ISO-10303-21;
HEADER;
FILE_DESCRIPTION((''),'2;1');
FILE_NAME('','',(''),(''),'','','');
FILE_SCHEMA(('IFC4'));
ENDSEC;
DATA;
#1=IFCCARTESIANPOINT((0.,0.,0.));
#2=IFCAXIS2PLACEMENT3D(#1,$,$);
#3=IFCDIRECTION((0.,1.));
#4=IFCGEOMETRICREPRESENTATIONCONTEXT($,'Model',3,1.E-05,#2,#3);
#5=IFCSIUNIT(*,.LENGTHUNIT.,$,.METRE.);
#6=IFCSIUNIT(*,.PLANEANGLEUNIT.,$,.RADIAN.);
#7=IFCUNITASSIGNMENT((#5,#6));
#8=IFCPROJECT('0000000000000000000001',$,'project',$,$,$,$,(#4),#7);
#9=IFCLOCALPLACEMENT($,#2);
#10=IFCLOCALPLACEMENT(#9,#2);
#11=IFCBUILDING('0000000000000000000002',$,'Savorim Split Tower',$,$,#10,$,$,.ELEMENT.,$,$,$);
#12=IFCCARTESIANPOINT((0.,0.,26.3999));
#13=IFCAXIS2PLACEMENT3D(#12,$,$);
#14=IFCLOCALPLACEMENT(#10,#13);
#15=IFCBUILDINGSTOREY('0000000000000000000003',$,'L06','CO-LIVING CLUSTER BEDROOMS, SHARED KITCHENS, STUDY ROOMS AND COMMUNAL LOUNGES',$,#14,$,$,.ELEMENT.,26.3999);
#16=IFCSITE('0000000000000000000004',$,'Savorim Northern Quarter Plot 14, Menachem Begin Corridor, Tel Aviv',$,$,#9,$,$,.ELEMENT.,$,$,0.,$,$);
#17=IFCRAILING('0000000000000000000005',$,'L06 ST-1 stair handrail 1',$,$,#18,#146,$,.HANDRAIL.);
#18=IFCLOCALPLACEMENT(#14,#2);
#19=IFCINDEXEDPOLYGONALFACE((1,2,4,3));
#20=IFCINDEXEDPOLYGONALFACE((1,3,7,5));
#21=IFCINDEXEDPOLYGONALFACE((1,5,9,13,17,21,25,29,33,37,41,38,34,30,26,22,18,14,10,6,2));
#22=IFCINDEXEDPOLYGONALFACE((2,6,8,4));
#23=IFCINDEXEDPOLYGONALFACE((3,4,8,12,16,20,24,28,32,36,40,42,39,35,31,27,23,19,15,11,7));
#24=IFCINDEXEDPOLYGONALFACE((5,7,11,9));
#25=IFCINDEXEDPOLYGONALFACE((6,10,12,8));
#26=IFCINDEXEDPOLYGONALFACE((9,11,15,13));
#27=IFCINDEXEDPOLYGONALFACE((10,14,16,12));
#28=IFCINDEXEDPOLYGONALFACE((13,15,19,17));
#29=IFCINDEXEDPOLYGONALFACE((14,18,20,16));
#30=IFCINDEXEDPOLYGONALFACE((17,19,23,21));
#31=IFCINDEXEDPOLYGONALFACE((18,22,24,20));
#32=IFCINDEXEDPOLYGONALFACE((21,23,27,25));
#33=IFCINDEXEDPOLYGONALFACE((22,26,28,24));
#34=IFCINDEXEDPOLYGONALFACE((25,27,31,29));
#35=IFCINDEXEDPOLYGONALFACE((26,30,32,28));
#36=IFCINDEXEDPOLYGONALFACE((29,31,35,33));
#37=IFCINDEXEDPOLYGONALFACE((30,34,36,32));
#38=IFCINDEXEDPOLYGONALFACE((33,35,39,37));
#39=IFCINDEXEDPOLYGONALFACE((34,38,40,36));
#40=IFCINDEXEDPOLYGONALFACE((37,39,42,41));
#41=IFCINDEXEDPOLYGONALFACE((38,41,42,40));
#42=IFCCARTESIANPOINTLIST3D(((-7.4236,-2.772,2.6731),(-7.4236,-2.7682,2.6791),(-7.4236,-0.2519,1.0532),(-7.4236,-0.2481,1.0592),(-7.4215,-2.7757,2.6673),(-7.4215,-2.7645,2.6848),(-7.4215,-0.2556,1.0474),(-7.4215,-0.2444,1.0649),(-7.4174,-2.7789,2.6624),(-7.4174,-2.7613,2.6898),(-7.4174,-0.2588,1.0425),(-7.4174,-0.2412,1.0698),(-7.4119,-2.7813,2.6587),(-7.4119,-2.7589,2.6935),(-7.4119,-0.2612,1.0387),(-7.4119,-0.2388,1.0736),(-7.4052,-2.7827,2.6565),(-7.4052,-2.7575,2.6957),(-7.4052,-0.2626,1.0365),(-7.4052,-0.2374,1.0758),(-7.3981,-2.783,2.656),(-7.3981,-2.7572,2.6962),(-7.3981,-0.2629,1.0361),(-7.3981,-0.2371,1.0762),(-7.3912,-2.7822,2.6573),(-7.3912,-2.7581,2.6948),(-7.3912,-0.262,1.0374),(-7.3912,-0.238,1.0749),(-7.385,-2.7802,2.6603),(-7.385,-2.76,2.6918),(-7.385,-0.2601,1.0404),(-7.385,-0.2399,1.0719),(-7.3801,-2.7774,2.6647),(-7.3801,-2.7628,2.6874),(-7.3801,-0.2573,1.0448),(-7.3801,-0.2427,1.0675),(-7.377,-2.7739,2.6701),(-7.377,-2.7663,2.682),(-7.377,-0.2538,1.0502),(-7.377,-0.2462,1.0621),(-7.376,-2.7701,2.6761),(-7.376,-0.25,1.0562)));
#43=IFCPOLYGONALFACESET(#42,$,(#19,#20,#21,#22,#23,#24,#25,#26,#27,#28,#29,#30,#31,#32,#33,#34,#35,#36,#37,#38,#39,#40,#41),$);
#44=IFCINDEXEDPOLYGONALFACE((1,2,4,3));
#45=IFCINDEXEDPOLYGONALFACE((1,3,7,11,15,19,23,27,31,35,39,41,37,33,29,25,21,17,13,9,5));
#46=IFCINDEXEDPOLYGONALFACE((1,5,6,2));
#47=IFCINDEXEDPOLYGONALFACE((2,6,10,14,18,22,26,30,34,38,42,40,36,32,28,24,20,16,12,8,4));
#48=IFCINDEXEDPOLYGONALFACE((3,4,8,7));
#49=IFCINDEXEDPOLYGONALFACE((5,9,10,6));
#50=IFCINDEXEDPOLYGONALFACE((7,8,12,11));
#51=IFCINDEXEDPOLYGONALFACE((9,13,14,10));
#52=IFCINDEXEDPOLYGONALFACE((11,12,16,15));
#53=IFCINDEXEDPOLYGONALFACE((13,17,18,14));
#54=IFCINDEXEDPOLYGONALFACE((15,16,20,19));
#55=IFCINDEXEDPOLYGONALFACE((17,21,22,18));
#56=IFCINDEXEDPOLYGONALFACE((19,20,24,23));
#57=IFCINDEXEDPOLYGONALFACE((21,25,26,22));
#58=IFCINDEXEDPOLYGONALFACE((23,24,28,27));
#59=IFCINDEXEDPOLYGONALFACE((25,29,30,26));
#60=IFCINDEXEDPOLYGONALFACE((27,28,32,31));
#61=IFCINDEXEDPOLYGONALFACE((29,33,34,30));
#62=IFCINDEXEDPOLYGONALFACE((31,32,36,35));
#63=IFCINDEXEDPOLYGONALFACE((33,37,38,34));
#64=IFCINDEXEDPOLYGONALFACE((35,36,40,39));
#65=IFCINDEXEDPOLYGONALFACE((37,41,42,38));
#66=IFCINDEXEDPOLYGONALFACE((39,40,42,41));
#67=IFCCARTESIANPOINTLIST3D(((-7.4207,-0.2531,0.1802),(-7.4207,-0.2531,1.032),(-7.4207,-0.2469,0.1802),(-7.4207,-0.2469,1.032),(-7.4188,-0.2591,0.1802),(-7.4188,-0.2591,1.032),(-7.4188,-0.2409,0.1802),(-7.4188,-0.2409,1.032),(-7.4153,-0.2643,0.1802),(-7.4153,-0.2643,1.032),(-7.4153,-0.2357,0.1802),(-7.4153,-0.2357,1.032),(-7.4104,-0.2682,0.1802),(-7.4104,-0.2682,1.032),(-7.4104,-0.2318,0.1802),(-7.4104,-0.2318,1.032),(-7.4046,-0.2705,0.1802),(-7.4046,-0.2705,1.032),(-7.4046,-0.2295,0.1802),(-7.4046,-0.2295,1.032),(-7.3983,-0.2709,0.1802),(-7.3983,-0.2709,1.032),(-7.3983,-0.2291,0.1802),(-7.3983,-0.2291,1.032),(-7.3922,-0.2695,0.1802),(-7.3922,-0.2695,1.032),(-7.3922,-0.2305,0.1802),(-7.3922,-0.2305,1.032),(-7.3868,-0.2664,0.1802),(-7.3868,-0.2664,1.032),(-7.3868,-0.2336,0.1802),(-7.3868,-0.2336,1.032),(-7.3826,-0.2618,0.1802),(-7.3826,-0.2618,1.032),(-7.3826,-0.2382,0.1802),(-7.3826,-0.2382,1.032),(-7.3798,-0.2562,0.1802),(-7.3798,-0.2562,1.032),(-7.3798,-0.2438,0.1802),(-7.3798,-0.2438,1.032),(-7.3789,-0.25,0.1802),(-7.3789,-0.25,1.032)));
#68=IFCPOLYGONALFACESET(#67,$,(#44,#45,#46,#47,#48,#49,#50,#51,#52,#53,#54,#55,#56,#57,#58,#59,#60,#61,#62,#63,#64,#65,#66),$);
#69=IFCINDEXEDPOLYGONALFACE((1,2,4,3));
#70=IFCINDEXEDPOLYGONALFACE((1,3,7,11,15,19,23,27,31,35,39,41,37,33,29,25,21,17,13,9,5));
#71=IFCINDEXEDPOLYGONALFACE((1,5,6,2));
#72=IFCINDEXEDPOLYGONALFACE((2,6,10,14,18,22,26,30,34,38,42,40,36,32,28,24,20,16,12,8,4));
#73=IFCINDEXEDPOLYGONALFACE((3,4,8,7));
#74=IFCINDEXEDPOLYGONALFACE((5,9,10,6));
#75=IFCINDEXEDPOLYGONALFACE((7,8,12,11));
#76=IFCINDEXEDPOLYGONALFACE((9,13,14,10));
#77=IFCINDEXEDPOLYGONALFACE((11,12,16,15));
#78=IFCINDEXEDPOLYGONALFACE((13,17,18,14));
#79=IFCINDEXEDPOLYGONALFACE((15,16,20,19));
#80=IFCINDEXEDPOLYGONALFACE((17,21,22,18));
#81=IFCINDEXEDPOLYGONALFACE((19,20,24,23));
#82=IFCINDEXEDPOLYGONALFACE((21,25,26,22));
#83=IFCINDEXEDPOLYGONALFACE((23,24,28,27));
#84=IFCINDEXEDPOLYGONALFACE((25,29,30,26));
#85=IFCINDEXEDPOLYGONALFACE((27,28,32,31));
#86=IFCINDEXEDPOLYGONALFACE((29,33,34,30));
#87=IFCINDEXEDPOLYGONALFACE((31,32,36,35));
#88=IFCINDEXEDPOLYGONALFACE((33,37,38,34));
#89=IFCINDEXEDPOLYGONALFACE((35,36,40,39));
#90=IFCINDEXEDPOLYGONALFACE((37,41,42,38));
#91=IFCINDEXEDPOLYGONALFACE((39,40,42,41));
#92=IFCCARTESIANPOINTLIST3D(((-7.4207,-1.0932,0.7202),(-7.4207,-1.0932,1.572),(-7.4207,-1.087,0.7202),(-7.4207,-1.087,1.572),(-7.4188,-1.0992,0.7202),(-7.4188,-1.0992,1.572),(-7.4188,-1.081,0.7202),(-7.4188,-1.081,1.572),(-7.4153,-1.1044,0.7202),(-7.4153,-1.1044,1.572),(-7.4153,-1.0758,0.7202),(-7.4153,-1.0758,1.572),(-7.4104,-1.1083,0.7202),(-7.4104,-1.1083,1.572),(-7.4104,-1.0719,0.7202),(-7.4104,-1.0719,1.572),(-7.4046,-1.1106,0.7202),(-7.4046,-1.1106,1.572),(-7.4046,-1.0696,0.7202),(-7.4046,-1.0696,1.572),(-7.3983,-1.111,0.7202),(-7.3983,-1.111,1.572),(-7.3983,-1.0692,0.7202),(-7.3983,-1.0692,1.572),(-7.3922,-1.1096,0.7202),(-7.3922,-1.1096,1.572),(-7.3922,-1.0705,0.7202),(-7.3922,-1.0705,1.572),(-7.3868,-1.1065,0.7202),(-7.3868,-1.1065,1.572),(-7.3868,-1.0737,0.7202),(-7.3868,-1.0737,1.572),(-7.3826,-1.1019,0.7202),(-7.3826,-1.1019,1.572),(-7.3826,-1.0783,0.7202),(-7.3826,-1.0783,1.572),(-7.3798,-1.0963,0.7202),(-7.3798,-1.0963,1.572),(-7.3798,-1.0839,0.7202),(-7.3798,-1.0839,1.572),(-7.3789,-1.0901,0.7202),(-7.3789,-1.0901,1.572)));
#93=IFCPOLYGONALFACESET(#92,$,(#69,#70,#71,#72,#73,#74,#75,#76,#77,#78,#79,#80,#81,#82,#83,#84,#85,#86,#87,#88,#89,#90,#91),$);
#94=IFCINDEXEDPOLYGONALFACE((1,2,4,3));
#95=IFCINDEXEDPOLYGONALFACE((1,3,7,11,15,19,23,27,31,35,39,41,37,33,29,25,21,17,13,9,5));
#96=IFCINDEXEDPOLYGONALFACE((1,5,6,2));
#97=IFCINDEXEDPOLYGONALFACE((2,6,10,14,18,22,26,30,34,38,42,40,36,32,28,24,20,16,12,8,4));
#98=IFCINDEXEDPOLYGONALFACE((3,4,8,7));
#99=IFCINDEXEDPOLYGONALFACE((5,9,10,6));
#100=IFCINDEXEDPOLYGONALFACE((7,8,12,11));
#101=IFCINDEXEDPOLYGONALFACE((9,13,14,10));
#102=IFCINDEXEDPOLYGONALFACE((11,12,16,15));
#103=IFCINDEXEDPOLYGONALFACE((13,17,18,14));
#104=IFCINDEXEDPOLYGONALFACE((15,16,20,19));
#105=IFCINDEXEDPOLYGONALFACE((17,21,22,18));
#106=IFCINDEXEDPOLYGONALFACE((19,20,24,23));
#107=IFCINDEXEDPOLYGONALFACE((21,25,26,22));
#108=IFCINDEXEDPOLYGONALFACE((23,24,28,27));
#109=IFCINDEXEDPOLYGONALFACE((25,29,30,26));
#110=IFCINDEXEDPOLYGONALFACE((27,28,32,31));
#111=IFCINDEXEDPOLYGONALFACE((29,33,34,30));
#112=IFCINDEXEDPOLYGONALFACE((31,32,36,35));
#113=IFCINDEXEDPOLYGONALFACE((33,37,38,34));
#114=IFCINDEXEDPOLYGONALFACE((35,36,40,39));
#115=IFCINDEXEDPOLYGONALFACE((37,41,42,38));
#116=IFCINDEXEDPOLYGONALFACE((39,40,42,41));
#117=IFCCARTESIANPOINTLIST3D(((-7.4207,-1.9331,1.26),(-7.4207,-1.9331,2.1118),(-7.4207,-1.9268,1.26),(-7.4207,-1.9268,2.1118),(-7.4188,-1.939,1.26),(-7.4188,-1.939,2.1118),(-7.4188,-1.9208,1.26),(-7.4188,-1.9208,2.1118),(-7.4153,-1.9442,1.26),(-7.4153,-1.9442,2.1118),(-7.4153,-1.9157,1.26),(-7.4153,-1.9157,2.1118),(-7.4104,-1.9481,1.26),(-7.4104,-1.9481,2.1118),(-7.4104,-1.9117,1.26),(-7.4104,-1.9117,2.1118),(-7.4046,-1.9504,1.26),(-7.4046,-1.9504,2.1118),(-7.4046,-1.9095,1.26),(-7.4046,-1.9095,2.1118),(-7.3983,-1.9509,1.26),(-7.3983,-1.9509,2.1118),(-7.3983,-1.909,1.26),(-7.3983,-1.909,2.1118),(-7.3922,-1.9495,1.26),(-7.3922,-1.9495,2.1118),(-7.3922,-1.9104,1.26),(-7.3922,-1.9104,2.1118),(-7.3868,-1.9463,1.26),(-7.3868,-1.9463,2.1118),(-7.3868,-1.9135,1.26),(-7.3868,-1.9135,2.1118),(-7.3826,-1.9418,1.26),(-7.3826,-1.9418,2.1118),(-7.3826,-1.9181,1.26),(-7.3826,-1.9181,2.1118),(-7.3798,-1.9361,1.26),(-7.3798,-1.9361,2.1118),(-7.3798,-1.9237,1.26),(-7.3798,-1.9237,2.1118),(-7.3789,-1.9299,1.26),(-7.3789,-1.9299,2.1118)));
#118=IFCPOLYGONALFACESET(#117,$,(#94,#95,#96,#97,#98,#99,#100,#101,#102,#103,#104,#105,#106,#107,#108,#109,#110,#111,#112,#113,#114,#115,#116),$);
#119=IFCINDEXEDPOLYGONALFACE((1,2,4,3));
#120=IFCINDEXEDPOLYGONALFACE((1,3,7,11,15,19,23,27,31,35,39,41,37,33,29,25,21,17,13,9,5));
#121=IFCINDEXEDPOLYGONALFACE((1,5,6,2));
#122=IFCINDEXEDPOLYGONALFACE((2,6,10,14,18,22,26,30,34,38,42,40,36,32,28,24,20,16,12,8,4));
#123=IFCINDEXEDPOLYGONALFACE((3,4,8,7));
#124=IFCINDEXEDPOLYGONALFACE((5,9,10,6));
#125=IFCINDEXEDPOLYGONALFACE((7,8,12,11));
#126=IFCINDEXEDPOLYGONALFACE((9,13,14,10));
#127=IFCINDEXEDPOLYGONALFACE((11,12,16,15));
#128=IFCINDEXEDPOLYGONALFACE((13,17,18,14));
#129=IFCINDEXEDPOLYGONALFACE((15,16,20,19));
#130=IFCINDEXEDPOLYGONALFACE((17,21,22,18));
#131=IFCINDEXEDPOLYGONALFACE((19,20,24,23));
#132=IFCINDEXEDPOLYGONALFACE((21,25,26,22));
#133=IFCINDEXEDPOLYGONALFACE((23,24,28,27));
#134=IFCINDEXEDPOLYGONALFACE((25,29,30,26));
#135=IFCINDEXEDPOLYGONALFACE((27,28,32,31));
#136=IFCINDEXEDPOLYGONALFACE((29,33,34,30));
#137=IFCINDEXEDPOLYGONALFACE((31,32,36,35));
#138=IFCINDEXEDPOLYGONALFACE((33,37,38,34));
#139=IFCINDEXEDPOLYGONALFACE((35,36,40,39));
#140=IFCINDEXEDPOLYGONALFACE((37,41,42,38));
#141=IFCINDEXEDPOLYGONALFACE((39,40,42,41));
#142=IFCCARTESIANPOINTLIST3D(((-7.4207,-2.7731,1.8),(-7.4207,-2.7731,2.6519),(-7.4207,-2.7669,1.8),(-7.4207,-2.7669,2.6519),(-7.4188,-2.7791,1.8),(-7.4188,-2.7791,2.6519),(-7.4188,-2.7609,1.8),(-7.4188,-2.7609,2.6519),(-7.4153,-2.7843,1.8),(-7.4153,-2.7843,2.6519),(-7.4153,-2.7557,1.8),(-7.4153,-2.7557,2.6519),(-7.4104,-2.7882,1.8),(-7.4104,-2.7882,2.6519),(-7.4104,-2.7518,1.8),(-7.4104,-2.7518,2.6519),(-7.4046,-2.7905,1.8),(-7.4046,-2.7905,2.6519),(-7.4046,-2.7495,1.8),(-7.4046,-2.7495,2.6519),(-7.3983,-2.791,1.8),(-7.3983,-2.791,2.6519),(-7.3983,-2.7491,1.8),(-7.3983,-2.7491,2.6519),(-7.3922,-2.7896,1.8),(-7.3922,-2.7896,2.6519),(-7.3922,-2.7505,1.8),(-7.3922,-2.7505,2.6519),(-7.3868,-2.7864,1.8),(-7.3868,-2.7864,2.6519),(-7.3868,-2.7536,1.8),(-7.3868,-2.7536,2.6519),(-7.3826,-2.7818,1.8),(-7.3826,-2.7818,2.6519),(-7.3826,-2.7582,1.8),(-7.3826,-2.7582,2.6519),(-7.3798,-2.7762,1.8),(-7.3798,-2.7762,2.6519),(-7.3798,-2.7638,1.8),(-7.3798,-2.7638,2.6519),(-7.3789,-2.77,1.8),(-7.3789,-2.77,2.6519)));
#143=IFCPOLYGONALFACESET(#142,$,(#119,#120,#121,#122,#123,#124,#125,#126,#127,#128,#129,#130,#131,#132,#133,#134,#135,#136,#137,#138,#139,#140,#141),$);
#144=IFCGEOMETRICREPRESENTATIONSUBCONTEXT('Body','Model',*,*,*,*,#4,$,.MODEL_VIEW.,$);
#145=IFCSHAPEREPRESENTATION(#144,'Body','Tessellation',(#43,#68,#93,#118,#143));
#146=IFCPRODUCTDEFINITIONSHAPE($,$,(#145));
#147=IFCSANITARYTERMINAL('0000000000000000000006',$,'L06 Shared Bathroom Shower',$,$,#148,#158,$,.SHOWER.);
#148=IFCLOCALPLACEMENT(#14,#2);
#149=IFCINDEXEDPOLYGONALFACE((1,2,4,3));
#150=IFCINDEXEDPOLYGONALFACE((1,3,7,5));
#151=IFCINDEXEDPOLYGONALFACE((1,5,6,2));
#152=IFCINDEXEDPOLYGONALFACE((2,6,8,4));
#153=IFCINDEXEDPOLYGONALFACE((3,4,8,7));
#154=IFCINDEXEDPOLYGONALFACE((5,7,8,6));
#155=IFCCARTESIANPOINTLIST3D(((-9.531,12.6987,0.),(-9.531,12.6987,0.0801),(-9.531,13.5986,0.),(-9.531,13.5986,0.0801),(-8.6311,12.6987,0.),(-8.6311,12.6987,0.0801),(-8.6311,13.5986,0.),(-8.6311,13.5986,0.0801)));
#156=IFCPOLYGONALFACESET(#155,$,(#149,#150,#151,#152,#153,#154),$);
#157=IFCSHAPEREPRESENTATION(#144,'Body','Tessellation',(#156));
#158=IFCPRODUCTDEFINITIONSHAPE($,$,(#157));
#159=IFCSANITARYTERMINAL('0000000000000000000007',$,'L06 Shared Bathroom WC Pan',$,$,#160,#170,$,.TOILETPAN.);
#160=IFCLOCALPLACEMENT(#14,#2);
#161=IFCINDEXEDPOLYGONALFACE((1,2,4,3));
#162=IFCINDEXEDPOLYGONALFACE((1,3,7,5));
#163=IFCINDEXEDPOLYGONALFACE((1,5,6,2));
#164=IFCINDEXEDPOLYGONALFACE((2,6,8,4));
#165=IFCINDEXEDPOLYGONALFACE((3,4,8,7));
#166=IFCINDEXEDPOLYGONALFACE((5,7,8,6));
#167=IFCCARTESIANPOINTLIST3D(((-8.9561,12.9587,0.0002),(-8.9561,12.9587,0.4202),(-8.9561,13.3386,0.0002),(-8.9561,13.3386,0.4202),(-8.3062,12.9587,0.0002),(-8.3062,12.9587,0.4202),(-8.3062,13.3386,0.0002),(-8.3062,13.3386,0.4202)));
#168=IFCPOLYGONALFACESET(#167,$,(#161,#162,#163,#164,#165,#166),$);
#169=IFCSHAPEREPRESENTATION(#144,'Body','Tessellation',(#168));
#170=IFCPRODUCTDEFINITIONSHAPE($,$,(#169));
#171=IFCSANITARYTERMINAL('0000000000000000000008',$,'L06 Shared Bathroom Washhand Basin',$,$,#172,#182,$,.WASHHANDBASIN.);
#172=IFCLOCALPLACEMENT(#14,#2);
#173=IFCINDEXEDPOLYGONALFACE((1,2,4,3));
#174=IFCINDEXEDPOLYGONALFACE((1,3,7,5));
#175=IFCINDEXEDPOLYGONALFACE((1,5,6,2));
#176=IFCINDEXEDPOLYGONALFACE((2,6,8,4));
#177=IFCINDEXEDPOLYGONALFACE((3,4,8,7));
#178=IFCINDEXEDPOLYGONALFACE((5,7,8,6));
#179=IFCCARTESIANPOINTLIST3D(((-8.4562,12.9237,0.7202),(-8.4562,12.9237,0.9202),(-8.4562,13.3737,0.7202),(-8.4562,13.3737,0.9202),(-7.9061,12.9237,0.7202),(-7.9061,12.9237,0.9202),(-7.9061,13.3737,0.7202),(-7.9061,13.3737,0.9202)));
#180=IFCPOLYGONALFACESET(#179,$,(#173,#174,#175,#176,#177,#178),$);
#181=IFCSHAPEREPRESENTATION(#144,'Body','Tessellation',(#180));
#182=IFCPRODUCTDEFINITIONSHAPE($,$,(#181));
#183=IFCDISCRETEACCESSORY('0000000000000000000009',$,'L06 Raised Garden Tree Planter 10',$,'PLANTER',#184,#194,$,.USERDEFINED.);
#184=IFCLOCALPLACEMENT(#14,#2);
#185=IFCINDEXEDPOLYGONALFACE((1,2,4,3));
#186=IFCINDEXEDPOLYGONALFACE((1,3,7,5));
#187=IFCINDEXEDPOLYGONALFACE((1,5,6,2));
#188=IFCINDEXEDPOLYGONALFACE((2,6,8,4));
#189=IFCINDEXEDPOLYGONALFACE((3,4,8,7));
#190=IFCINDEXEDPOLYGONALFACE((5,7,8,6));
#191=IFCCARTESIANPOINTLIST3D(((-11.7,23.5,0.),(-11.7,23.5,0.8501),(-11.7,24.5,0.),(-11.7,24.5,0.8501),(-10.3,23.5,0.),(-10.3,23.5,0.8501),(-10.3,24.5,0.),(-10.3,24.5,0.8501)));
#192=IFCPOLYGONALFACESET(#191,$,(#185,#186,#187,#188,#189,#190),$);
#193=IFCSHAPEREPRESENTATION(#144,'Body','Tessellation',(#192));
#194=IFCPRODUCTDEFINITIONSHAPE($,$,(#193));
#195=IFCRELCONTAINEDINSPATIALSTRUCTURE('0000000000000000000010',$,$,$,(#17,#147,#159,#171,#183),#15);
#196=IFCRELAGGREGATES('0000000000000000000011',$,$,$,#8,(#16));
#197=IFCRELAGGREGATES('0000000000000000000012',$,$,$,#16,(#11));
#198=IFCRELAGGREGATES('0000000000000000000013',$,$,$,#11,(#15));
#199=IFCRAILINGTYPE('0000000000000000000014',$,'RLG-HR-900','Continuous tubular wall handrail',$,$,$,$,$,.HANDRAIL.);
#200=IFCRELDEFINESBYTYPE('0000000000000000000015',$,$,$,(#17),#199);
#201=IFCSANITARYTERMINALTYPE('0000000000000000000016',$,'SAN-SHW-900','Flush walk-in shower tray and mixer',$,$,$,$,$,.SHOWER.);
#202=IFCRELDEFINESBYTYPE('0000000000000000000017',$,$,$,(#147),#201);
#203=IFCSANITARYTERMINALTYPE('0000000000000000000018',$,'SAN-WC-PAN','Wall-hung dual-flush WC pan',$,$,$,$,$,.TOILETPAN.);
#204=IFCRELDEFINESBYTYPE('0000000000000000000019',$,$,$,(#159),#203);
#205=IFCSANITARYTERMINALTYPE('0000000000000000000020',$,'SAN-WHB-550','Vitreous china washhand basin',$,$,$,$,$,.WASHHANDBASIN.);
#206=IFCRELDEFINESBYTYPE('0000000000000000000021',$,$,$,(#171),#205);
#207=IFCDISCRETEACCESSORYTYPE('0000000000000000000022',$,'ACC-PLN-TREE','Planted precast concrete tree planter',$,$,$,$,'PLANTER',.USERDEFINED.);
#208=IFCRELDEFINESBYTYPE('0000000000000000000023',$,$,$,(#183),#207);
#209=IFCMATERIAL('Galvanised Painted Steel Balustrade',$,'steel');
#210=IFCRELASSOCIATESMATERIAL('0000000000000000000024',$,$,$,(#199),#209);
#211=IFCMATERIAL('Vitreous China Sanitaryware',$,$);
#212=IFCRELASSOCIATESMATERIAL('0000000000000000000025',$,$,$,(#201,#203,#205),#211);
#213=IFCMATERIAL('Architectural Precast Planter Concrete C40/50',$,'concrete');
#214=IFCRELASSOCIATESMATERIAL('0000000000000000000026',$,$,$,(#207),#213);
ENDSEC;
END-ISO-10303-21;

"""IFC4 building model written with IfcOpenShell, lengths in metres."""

from ifc_helpers import new_model, si_unit, direction, frame, origin, origin_2d, place, context, subcontext, project, spatial, rectangle, circle, extrude, material, type_object, element, save


model = new_model("IFC4")

# Units and contexts
model_context = context("Model", 3, precision=1e-05, world=origin(), true_north=direction((0.0, 1.0)))
body_context = subcontext(model_context, "Body", "Model", "MODEL_VIEW")
ifc_project = project(units=[si_unit("LENGTHUNIT", "METRE"), si_unit("PLANEANGLEUNIT", "RADIAN")], contexts=[model_context])

# Site, building, storey
site_placement = place(None, origin())
site = spatial("IfcSite", under=ifc_project, at=site_placement, Name="Savorim Northern Quarter Plot 14, Menachem Begin Corridor, Tel Aviv", CompositionType="ELEMENT", RefElevation=0.0)
building_placement = place(site_placement, origin())
building = spatial("IfcBuilding", under=site, at=building_placement, Name="Savorim Split Tower", CompositionType="ELEMENT")
storey_placement = place(building_placement, frame((0.0, 0.0, 26.3999)))
storey = spatial("IfcBuildingStorey", under=building, at=storey_placement, Name="L06", Description="CO-LIVING CLUSTER BEDROOMS, SHARED KITCHENS, STUDY ROOMS AND COMMUNAL LOUNGES", CompositionType="ELEMENT", Elevation=26.3999)

# Railing
ifc_material_1 = material(Name="Galvanised Painted Steel Balustrade", Category="steel")
railing_type = type_object("IfcRailingType", Name="RLG-HR-900", Description="Continuous tubular wall handrail", PredefinedType="HANDRAIL", material=ifc_material_1)
railing_placement = place(storey_placement, frame((-7.3999, -0.25, 0.1802)))
element("IfcRailing", 1, at=railing_placement, inside=storey, type_object=railing_type, Name="L06 ST-1 stair handrail 1", PredefinedType="HANDRAIL", context=body_context, shape_type="SweptSolid", body=[
    extrude(circle(Radius=0.0239, at=origin_2d()), frame((0.0, 0.0, 0.876), z_axis=(0.0, -0.8412, 0.540725), x_axis=(1.0, 0.0, 0.0)), (0.0, 0.0, 1.0), 2.9958),
    extrude(circle(Radius=0.021, at=origin_2d()), origin(), (0.0, 0.0, 1.0), 0.8518),
    extrude(circle(Radius=0.021, at=origin_2d()), frame((0.0, -0.8401, 0.54)), (0.0, 0.0, 1.0), 0.8518),
    extrude(circle(Radius=0.021, at=origin_2d()), frame((0.0, -1.6799, 1.0798)), (0.0, 0.0, 1.0), 0.8518),
    extrude(circle(Radius=0.021, at=origin_2d()), frame((0.0, -2.52, 1.6199)), (0.0, 0.0, 1.0), 0.8518),
])

# Sanitary terminals
ifc_material_2 = material(Name="Vitreous China Sanitaryware")
sanitary_terminal_type_1 = type_object("IfcSanitaryTerminalType", Name="SAN-SHW-900", Description="Flush walk-in shower tray and mixer", PredefinedType="SHOWER", material=ifc_material_2)
sanitary_terminal_1_placement = place(storey_placement, frame((-9.0811, 13.1487, 0.0), z_axis=(0.0, 0.0, 1.0), x_axis=(1.0, 0.0, 0.0)))
element("IfcSanitaryTerminal", 2, at=sanitary_terminal_1_placement, inside=storey, type_object=sanitary_terminal_type_1, Name="L06 Shared Bathroom Shower", PredefinedType="SHOWER", context=body_context, shape_type="SweptSolid", body=[
    extrude(rectangle(XDim=0.8999, YDim=0.8999, at=origin_2d()), origin(), (0.0, 0.0, 1.0), 0.0801),
])
sanitary_terminal_type_2 = type_object("IfcSanitaryTerminalType", Name="SAN-WC-PAN", Description="Wall-hung dual-flush WC pan", PredefinedType="TOILETPAN", material=ifc_material_2)
sanitary_terminal_2_placement = place(storey_placement, frame((-8.6311, 13.1487, 0.0002), z_axis=(0.0, 0.0, 1.0), x_axis=(1.0, 0.0, 0.0)))
element("IfcSanitaryTerminal", 3, at=sanitary_terminal_2_placement, inside=storey, type_object=sanitary_terminal_type_2, Name="L06 Shared Bathroom WC Pan", PredefinedType="TOILETPAN", context=body_context, shape_type="SweptSolid", body=[
    extrude(rectangle(XDim=0.6499, YDim=0.3799, at=origin_2d()), origin(), (0.0, 0.0, 1.0), 0.4199),
])
sanitary_terminal_type_3 = type_object("IfcSanitaryTerminalType", Name="SAN-WHB-550", Description="Vitreous china washhand basin", PredefinedType="WASHHANDBASIN", material=ifc_material_2)
sanitary_terminal_3_placement = place(storey_placement, frame((-8.1812, 13.1487, 0.7202), z_axis=(0.0, 0.0, 1.0), x_axis=(1.0, 0.0, 0.0)))
element("IfcSanitaryTerminal", 4, at=sanitary_terminal_3_placement, inside=storey, type_object=sanitary_terminal_type_3, Name="L06 Shared Bathroom Washhand Basin", PredefinedType="WASHHANDBASIN", context=body_context, shape_type="SweptSolid", body=[
    extrude(rectangle(XDim=0.55, YDim=0.45, at=origin_2d()), origin(), (0.0, 0.0, 1.0), 0.2),
])

# Discrete accessory
ifc_material_3 = material(Name="Architectural Precast Planter Concrete C40/50", Category="concrete")
discrete_accessory_type = type_object("IfcDiscreteAccessoryType", Name="ACC-PLN-TREE", Description="Planted precast concrete tree planter", ElementType="PLANTER", PredefinedType="USERDEFINED", material=ifc_material_3)
discrete_accessory_placement = place(storey_placement, frame((-11.0, 24.0, 0.0), z_axis=(0.0, 0.0, 1.0), x_axis=(1.0, 0.0, 0.0)))
element("IfcDiscreteAccessory", 5, at=discrete_accessory_placement, inside=storey, type_object=discrete_accessory_type, Name="L06 Raised Garden Tree Planter 10", ObjectType="PLANTER", PredefinedType="USERDEFINED", context=body_context, shape_type="SweptSolid", body=[
    extrude(rectangle(XDim=1.3999, YDim=1.0, at=origin_2d()), origin(), (0.0, 0.0, 1.0), 0.8501),
])

save(model, "model.ifc")
